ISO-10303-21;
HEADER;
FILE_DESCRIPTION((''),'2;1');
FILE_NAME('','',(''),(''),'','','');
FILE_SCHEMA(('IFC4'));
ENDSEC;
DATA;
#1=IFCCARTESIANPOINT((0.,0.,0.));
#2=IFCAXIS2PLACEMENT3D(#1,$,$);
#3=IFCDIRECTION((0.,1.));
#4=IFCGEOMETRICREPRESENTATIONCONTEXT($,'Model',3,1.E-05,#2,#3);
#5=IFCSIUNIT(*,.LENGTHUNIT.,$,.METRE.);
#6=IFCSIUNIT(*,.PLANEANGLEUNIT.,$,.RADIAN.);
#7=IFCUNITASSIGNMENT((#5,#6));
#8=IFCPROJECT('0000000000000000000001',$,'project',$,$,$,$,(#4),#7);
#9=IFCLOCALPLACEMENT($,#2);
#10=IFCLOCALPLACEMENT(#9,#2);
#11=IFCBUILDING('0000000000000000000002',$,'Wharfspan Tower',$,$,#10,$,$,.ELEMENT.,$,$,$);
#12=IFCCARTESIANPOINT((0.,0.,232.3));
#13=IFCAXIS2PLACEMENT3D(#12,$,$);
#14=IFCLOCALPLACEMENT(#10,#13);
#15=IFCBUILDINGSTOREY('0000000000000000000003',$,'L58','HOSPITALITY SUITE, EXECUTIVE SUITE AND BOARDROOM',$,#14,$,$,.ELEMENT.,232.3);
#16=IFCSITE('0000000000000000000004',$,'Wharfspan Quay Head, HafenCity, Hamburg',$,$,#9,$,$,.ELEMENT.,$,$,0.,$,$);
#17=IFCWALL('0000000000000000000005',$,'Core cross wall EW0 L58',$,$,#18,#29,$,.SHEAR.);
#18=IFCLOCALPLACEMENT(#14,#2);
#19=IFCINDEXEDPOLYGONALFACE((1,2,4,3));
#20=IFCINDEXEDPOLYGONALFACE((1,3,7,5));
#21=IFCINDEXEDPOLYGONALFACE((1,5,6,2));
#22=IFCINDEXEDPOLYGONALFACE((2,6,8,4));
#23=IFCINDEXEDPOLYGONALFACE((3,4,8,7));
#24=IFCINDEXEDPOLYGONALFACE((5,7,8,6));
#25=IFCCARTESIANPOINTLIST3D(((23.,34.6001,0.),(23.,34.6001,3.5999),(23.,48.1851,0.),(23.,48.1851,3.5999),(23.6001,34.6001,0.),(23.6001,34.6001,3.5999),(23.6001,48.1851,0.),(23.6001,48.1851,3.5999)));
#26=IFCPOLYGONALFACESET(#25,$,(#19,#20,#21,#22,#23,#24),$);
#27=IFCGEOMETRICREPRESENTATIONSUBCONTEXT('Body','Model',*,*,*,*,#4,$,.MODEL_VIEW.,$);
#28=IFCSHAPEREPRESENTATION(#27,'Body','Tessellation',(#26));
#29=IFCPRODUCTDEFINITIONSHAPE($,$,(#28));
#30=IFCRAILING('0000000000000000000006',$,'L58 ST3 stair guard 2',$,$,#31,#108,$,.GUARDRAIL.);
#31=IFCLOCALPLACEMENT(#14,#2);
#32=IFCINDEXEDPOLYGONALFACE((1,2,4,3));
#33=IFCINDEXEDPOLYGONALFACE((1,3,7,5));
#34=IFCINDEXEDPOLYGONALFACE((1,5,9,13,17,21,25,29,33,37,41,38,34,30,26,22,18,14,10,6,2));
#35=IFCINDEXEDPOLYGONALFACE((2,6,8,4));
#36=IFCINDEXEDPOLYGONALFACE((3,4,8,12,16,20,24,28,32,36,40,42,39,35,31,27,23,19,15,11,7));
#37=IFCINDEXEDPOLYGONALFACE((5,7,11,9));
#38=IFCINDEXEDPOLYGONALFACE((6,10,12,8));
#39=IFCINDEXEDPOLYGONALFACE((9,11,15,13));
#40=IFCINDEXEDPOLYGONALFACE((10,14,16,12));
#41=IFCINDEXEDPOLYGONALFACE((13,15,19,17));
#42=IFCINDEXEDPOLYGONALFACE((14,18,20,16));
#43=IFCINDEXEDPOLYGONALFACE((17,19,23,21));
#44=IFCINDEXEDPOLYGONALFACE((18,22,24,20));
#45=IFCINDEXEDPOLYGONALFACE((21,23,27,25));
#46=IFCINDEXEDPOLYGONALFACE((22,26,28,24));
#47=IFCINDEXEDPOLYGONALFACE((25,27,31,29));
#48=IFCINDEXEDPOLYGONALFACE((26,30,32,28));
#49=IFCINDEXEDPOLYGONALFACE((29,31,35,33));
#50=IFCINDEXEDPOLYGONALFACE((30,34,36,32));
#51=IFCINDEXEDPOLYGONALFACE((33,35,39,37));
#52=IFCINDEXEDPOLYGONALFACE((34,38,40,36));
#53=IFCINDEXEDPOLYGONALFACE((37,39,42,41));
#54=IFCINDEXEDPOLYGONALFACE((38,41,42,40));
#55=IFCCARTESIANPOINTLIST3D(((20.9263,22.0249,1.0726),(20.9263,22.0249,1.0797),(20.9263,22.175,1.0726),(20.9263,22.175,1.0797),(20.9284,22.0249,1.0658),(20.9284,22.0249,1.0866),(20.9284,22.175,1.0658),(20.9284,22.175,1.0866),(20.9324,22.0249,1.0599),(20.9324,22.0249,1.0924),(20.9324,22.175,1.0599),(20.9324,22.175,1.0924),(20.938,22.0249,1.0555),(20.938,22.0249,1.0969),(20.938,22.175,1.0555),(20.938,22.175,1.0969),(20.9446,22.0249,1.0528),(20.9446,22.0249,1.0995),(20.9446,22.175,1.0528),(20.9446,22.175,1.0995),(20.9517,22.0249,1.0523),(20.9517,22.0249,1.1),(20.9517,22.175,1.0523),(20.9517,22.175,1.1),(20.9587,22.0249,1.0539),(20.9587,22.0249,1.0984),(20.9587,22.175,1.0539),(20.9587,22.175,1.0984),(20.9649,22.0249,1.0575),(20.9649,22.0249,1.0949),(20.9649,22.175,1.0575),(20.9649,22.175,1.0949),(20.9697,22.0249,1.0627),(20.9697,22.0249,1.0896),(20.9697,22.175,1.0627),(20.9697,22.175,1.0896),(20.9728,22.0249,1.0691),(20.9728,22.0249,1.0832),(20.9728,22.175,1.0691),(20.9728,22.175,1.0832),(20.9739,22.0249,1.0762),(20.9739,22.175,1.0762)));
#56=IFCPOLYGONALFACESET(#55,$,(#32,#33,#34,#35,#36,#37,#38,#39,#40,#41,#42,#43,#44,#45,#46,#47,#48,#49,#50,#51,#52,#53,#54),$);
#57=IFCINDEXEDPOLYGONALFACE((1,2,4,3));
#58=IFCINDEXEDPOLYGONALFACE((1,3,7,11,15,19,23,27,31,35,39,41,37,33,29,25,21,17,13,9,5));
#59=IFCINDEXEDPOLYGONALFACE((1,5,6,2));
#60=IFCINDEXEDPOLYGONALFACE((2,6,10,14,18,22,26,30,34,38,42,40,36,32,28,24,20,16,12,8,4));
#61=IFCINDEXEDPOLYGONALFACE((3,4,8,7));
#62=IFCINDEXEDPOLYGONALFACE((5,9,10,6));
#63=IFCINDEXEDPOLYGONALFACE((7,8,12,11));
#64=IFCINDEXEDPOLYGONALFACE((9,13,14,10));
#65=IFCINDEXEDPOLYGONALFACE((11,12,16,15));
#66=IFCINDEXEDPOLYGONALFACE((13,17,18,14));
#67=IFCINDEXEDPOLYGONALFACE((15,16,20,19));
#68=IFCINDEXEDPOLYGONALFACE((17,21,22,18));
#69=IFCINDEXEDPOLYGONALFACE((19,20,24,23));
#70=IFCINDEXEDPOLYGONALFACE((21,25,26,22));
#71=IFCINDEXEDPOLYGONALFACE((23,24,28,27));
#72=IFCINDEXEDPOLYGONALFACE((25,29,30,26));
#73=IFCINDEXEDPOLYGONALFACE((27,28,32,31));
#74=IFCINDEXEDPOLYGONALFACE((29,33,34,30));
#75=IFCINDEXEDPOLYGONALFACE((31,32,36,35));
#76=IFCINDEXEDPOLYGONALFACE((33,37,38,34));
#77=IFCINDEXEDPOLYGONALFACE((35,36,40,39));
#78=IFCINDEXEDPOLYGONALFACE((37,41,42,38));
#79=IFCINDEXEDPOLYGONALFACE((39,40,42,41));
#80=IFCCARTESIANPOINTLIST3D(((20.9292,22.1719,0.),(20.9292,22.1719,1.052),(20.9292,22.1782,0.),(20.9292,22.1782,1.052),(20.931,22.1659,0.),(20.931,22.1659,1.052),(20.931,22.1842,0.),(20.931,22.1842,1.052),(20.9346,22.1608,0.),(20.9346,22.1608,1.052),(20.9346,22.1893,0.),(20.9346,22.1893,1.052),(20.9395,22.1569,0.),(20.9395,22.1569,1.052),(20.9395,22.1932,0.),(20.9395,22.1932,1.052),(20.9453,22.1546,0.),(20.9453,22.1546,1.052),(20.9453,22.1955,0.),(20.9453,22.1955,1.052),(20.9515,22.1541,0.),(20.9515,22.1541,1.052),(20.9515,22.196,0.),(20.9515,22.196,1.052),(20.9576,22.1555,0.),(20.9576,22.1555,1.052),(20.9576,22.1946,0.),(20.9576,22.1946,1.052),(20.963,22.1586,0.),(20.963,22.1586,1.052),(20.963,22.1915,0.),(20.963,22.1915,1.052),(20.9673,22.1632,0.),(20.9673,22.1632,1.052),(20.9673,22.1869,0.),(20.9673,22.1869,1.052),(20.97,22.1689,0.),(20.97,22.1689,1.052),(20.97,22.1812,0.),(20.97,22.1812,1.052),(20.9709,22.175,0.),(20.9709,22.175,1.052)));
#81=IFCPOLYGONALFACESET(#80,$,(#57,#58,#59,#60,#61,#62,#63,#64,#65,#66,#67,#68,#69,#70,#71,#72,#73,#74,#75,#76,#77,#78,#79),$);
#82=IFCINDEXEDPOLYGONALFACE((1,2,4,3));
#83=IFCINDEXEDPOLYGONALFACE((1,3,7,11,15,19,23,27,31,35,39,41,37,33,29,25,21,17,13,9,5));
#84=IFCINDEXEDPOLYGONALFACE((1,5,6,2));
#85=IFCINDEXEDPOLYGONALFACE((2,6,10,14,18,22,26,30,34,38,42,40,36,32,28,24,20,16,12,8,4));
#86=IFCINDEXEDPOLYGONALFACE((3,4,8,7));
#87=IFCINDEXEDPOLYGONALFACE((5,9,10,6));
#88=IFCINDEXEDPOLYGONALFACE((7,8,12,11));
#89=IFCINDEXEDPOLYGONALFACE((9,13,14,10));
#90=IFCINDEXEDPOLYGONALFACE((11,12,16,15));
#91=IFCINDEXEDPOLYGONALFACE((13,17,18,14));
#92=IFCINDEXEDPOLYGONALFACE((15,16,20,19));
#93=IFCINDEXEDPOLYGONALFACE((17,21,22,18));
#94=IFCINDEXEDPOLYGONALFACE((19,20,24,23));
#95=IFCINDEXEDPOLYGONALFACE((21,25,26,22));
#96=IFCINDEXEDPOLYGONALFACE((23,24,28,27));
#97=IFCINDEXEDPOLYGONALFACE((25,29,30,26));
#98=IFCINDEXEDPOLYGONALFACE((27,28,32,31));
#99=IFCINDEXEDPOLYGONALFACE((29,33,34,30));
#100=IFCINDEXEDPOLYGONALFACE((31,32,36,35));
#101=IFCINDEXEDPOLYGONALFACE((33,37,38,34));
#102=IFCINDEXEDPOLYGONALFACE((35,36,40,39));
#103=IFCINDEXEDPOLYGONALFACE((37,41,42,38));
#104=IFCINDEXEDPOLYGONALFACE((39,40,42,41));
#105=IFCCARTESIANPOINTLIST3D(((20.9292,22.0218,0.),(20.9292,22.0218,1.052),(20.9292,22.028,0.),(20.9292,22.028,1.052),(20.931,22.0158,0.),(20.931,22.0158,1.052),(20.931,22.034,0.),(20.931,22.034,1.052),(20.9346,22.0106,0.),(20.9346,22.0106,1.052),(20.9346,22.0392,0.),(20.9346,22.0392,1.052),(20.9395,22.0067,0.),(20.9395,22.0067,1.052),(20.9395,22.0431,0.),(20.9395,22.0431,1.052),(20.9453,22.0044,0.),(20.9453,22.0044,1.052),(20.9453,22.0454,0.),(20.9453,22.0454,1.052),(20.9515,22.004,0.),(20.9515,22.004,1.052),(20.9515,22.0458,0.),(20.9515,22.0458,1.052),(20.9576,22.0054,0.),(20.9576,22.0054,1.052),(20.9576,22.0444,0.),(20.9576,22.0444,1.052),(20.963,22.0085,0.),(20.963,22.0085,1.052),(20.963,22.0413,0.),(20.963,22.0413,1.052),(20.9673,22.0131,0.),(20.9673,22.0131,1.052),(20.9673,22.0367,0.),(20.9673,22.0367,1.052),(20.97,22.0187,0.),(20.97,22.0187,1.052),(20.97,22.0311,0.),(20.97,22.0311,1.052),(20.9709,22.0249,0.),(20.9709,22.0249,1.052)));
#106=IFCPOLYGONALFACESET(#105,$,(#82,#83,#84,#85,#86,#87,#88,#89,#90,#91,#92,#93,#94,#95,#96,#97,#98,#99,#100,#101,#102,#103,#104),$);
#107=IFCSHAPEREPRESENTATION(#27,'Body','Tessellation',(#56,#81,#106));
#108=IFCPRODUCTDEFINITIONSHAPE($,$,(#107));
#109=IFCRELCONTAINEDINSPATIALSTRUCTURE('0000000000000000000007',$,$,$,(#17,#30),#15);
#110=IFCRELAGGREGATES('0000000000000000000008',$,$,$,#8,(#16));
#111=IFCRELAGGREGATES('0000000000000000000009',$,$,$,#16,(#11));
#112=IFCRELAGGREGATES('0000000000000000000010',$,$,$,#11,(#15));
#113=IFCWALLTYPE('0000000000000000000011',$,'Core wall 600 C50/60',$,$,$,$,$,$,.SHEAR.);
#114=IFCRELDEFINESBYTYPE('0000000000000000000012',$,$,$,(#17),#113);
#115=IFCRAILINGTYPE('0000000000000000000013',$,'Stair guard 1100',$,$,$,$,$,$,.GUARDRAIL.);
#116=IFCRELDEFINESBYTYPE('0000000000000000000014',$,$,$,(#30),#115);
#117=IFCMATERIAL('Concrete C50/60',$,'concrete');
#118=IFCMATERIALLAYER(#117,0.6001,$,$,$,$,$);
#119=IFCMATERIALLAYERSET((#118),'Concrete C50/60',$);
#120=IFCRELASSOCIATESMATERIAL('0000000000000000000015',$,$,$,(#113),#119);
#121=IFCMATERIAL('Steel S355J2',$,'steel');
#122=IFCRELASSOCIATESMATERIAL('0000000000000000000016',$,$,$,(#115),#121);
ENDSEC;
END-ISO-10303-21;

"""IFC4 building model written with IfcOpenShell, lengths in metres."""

from ifc_helpers import new_model, si_unit, direction, frame, frame_2d, origin, origin_2d, place, context, subcontext, project, spatial, rectangle, circle, extrude, material, layer, layer_set, type_object, element, save


model = new_model("IFC4")

# Units and contexts
model_context = context("Model", 3, precision=1e-05, world=origin(), true_north=direction((0.0, 1.0)))
body_context = subcontext(model_context, "Body", "Model", "MODEL_VIEW")
ifc_project = project(units=[si_unit("LENGTHUNIT", "METRE"), si_unit("PLANEANGLEUNIT", "RADIAN")], contexts=[model_context])

# Site, building, storey
site_placement = place(None, origin())
site = spatial("IfcSite", under=ifc_project, at=site_placement, Name="Wharfspan Quay Head, HafenCity, Hamburg", CompositionType="ELEMENT", RefElevation=0.0)
building_placement = place(site_placement, origin())
building = spatial("IfcBuilding", under=site, at=building_placement, Name="Wharfspan Tower", CompositionType="ELEMENT")
storey_placement = place(building_placement, frame((0.0, 0.0, 232.3)))
storey = spatial("IfcBuildingStorey", under=building, at=storey_placement, Name="L58", Description="HOSPITALITY SUITE, EXECUTIVE SUITE AND BOARDROOM", CompositionType="ELEMENT", Elevation=232.3)

# Shared definitions
ifc_material_1 = material(Name="Steel S355J2", Category="steel")

# Shared definitions
ifc_material_2 = material(Name="Concrete C50/60", Category="concrete")
ifc_layer_1 = layer(ifc_material_2, 0.6001)
ifc_layer_set_1 = layer_set([ifc_layer_1], Name="Concrete C50/60")
wall_type_1 = type_object("IfcWallType", Name="Core wall 600 C50/60", PredefinedType="SHEAR", material=ifc_layer_set_1)

# Wall
wall_1_placement = place(storey_placement, frame((23.3, 34.6001, 0.0), z_axis=(0.0, 0.0, 1.0), x_axis=(0.0, 1.0, 0.0)))
element("IfcWall", 1, at=wall_1_placement, inside=storey, type_object=wall_type_1, Name="Core cross wall EW0 L58", PredefinedType="SHEAR", context=body_context, shape_type="SweptSolid", body=[
    extrude(rectangle(XDim=13.585, YDim=0.6001, at=frame_2d((6.7925, 0.0))), origin(), (0.0, 0.0, 1.0), 3.5999),
])

# Railing
railing_type_1 = type_object("IfcRailingType", Name="Stair guard 1100", PredefinedType="GUARDRAIL", material=ifc_material_1)
railing_1_placement = place(storey_placement, frame((20.95, 22.175, 0.0)))
element("IfcRailing", 2, at=railing_1_placement, inside=storey, type_object=railing_type_1, Name="L58 ST3 stair guard 2", PredefinedType="GUARDRAIL", context=body_context, shape_type="SweptSolid", body=[
    extrude(circle(Radius=0.0239, at=origin_2d()), frame((0.0, 0.0, 1.0762), z_axis=(0.0, -1.0, 0.0), x_axis=(1.0, 0.0, 0.0)), (0.0, 0.0, 1.0), 0.1501),
    extrude(circle(Radius=0.021, at=origin_2d()), origin(), (0.0, 0.0, 1.0), 1.052),
    extrude(circle(Radius=0.021, at=origin_2d()), frame((0.0, -0.1501, 0.0)), (0.0, 0.0, 1.0), 1.052),
])

save(model, "model.ifc")
